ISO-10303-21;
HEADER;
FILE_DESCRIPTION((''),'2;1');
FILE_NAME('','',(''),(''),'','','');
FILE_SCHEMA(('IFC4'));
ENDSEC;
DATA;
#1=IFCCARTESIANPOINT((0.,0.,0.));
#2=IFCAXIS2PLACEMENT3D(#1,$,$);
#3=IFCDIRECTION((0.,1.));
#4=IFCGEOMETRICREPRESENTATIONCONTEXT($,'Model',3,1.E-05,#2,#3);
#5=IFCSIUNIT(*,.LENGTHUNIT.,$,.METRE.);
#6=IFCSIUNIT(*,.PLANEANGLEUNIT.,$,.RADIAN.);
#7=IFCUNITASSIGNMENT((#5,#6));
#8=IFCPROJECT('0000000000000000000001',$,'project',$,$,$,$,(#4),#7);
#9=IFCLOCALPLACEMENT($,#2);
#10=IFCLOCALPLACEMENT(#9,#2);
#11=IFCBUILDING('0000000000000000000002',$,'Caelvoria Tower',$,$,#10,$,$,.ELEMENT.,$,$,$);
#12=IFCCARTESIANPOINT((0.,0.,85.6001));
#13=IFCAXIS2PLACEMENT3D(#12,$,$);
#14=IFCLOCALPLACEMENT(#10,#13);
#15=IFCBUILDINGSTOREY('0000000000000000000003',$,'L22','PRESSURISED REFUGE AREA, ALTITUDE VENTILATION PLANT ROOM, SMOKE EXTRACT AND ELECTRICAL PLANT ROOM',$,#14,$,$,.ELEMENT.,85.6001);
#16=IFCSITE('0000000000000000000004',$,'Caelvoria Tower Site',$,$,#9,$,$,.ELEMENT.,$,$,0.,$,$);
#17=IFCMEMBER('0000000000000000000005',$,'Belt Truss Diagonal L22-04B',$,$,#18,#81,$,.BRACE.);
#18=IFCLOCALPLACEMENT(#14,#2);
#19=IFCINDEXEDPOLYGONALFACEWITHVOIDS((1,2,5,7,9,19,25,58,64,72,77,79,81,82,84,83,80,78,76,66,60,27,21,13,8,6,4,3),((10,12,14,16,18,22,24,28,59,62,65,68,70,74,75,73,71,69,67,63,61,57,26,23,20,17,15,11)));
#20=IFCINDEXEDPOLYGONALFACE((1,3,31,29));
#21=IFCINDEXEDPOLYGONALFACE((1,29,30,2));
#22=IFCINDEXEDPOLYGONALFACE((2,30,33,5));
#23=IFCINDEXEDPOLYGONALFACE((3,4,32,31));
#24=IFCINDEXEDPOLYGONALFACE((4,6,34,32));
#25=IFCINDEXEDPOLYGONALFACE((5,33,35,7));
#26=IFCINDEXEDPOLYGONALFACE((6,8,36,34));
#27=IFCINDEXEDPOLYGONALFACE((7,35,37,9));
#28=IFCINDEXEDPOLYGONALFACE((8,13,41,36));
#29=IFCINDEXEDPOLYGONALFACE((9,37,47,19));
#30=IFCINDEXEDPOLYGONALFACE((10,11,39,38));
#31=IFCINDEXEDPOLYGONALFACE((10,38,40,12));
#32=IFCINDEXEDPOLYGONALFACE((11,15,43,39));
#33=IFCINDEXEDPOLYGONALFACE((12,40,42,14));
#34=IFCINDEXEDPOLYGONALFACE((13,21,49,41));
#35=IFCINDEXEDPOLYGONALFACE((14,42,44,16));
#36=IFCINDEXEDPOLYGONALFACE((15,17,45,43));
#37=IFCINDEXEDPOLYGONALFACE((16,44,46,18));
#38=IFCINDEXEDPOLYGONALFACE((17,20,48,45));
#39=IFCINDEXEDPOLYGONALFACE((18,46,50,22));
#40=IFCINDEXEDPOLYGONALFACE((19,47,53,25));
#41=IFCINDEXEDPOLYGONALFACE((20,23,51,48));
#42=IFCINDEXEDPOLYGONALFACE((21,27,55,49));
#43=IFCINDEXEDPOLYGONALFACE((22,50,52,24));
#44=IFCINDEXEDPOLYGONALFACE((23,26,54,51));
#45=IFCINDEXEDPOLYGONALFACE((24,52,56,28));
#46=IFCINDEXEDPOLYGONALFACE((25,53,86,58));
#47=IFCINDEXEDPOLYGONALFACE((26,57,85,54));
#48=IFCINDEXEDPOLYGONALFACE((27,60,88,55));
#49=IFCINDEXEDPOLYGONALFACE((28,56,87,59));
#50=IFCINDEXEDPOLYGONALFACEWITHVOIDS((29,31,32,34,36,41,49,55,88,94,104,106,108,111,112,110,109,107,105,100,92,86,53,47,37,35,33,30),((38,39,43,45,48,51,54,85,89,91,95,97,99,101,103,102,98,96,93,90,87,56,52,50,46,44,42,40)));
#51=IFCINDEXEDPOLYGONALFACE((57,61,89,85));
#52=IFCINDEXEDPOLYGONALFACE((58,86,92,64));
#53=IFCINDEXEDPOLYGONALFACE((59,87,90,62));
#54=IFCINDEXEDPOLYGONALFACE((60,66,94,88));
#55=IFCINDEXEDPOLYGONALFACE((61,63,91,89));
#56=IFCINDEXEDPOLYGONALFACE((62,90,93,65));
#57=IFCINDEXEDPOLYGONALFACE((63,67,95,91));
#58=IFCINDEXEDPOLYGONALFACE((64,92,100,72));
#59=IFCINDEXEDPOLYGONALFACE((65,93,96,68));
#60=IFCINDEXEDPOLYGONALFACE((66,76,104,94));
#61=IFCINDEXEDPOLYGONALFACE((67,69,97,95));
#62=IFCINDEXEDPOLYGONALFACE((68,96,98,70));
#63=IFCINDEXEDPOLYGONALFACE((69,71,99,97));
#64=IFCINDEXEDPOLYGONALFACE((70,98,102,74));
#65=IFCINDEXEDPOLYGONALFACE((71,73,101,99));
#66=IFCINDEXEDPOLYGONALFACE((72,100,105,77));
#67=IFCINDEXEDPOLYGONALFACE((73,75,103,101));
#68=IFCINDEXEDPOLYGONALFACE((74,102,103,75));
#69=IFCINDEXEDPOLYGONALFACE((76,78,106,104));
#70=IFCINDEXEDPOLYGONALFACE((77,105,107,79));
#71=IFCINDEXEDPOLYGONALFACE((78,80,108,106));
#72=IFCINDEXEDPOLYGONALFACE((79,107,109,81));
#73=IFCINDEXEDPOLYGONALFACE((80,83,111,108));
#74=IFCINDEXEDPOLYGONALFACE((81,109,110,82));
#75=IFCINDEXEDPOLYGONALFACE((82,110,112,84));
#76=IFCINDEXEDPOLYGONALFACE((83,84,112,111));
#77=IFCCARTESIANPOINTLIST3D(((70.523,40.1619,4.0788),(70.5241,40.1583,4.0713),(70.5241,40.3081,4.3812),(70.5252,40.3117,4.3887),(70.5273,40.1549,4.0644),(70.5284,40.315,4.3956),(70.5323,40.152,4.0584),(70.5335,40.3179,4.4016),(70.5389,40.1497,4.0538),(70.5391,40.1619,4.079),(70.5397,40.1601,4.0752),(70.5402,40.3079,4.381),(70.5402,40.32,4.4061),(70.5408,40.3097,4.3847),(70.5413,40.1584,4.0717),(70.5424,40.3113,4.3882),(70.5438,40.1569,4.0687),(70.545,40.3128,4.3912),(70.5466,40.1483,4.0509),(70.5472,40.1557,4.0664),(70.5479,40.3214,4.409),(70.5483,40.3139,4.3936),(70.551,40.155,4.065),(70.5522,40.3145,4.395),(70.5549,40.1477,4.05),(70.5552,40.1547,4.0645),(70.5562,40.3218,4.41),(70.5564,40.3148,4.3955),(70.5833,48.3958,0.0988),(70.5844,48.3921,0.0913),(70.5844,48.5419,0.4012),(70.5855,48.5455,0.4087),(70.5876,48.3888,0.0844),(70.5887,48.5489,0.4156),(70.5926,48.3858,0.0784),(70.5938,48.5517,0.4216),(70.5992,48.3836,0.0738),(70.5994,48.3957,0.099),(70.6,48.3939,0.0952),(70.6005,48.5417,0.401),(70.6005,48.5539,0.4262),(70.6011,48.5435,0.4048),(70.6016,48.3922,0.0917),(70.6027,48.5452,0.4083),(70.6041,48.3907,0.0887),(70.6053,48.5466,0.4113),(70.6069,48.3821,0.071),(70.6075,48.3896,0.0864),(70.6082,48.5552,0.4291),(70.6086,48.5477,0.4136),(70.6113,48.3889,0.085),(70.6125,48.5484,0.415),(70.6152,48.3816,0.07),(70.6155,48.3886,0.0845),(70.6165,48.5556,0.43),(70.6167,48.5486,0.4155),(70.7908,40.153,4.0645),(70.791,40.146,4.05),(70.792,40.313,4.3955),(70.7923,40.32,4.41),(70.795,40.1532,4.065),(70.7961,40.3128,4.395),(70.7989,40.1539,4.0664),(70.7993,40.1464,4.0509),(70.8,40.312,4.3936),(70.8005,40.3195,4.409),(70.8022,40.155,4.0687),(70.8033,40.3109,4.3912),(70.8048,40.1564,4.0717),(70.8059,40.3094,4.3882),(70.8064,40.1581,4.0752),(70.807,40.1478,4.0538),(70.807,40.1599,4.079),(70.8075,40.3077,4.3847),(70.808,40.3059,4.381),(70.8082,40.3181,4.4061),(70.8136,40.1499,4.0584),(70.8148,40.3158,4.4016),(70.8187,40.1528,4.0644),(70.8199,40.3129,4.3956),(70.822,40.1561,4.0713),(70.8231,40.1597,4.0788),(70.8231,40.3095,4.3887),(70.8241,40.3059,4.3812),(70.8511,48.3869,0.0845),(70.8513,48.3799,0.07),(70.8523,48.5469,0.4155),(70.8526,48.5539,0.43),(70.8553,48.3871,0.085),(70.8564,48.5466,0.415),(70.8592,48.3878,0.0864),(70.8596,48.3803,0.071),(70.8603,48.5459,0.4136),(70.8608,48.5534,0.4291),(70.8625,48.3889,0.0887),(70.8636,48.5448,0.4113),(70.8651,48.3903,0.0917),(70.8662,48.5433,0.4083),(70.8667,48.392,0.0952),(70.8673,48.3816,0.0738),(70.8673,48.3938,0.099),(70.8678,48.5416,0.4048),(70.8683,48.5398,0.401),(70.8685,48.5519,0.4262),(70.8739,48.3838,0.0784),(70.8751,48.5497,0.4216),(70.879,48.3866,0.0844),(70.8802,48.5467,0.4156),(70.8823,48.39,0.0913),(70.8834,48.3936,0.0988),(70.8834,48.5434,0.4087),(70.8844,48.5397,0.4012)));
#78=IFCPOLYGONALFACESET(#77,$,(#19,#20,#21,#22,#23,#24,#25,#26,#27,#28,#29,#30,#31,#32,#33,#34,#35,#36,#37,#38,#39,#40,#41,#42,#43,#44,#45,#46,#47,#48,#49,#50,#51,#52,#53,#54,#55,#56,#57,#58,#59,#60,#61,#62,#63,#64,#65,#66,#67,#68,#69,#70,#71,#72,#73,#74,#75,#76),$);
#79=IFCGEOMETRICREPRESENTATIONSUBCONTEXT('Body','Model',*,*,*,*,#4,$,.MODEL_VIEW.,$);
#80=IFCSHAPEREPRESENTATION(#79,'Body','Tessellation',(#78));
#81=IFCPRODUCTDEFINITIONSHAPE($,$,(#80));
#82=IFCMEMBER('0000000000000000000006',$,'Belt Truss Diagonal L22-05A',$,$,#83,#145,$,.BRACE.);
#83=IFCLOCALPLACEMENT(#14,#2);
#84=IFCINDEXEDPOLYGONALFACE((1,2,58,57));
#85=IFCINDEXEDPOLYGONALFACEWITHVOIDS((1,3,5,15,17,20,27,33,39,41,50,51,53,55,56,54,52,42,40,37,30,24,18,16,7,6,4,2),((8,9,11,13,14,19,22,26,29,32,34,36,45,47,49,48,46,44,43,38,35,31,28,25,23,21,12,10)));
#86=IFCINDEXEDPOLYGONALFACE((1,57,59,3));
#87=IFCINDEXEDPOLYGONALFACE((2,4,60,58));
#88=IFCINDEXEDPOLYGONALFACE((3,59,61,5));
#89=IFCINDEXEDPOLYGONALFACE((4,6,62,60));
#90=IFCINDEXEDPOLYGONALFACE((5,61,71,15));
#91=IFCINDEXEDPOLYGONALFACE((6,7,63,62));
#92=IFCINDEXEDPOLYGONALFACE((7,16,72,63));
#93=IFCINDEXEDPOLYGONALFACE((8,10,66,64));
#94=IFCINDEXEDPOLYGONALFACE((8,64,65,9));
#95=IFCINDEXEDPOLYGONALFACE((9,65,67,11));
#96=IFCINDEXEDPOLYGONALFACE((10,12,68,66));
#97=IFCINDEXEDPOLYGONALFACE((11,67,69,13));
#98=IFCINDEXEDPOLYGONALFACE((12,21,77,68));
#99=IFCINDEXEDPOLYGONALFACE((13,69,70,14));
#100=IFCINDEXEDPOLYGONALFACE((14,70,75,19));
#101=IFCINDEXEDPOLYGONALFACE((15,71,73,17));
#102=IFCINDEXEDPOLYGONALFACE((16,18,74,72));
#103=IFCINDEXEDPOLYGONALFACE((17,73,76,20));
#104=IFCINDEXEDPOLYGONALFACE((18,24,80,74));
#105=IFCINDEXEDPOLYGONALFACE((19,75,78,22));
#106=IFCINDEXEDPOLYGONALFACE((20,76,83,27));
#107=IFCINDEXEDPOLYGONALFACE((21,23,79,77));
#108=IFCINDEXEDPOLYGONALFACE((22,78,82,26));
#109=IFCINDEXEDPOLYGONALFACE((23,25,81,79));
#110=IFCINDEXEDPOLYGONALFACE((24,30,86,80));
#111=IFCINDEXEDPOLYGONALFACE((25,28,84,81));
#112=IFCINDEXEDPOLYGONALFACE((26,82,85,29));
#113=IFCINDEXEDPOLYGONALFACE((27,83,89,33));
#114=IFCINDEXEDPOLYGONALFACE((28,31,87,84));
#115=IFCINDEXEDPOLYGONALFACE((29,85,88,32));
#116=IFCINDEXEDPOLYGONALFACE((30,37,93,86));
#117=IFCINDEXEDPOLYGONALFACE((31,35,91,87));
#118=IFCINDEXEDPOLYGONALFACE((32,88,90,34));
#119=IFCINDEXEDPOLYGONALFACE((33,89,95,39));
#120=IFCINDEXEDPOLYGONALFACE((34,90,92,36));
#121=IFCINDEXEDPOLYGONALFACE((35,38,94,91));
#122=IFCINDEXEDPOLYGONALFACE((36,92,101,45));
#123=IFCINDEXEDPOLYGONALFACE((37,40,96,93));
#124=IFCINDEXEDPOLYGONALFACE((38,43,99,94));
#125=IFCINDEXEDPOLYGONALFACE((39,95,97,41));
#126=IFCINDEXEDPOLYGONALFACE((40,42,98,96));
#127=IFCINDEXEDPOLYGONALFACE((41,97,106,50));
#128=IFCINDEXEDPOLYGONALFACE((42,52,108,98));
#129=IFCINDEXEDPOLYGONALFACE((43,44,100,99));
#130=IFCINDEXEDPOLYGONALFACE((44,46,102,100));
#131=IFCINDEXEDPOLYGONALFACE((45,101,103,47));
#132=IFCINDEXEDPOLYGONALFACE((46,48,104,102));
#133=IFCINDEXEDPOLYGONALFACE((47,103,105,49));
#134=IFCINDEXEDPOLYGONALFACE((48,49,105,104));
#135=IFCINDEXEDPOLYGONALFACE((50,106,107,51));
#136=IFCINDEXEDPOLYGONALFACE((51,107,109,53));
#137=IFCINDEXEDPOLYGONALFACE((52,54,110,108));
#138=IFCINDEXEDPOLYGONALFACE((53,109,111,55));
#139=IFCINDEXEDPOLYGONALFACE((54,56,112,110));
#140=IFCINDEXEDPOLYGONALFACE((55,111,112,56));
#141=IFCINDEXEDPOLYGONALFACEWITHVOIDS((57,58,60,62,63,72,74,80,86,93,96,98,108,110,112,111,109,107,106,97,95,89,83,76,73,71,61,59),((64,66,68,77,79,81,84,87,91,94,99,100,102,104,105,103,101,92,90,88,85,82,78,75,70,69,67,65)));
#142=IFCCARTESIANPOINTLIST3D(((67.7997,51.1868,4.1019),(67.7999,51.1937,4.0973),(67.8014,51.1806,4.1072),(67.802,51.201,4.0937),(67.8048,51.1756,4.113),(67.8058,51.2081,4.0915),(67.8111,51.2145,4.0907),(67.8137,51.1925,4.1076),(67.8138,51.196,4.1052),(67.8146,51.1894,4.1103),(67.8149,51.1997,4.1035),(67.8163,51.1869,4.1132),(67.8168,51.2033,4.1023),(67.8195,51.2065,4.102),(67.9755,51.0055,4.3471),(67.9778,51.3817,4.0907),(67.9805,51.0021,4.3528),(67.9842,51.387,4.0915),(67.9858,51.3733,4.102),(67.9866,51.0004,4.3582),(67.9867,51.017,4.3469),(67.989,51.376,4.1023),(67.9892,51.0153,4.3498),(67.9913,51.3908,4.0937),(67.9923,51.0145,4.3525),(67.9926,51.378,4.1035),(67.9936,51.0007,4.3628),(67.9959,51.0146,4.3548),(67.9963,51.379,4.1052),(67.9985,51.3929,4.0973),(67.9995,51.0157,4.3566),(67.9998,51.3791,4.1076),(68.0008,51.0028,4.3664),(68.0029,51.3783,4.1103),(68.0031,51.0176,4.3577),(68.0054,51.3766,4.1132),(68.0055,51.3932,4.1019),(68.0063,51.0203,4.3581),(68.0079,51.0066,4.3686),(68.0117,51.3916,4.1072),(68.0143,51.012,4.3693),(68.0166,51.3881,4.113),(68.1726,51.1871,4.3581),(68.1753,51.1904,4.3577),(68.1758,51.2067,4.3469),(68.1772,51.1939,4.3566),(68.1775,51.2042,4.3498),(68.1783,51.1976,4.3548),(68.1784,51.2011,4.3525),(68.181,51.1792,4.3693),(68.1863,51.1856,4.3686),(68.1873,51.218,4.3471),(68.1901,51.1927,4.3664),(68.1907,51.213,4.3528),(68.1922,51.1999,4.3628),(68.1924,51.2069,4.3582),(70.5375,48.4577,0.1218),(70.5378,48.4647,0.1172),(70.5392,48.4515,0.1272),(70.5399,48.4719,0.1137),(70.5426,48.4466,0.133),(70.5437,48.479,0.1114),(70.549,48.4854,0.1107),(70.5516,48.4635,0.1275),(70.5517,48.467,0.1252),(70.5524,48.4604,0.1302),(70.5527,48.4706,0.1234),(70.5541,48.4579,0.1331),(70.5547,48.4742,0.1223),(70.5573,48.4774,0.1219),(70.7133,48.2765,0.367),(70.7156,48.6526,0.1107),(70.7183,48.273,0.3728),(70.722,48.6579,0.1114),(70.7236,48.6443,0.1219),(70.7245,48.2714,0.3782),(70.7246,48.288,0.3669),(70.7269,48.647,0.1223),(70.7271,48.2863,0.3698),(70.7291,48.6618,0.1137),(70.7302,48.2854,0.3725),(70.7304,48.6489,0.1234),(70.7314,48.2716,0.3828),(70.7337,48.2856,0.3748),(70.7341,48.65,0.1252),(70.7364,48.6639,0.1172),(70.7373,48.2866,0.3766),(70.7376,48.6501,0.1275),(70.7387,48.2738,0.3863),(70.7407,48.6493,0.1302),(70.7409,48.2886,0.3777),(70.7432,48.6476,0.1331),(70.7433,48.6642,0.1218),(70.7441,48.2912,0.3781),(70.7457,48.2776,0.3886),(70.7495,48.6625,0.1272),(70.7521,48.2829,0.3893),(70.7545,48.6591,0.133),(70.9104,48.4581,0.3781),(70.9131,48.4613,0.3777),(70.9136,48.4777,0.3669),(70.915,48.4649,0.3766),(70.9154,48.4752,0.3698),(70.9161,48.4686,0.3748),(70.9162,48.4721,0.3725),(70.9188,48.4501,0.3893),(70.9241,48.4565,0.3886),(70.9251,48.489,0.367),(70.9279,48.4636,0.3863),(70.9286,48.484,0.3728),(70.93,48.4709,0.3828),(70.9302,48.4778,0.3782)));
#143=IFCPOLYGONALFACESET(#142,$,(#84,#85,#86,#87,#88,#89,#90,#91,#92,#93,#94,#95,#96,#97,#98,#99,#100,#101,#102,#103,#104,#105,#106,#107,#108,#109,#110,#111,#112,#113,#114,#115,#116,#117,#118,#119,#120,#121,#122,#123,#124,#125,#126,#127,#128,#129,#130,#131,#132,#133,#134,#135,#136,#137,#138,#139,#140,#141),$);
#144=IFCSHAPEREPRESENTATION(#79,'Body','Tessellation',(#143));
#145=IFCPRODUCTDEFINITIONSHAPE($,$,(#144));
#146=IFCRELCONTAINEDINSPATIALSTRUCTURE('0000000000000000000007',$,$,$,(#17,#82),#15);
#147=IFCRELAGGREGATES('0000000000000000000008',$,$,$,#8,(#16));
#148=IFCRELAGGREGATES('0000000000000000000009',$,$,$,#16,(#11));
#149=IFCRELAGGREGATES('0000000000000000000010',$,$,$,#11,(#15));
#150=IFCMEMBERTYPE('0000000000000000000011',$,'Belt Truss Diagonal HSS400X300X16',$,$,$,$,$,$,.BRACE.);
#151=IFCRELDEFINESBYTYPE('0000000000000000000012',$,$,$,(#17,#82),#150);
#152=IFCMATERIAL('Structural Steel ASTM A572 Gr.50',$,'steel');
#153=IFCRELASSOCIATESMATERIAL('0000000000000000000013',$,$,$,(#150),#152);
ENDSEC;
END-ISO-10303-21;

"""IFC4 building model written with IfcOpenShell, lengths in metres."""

from ifc_helpers import new_model, si_unit, direction, frame, origin, origin_2d, place, context, subcontext, project, spatial, hollow_rectangle, extrude, material, material_profile, profile_set, type_object, element, save


model = new_model("IFC4")

# Units and contexts
model_context = context("Model", 3, precision=1e-05, world=origin(), true_north=direction((0.0, 1.0)))
body_context = subcontext(model_context, "Body", "Model", "MODEL_VIEW")
ifc_project = project(units=[si_unit("LENGTHUNIT", "METRE"), si_unit("PLANEANGLEUNIT", "RADIAN")], contexts=[model_context])

# Site, building, storey
site_placement = place(None, origin())
site = spatial("IfcSite", under=ifc_project, at=site_placement, Name="Caelvoria Tower Site", CompositionType="ELEMENT", RefElevation=0.0)
building_placement = place(site_placement, origin())
building = spatial("IfcBuilding", under=site, at=building_placement, Name="Caelvoria Tower", CompositionType="ELEMENT")
storey_placement = place(building_placement, frame((0.0, 0.0, 85.6001)))
storey = spatial("IfcBuildingStorey", under=building, at=storey_placement, Name="L22", Description="PRESSURISED REFUGE AREA, ALTITUDE VENTILATION PLANT ROOM, SMOKE EXTRACT AND ELECTRICAL PLANT ROOM", CompositionType="ELEMENT", Elevation=85.6001)

# Shared definitions
ifc_material_1 = material(Name="Structural Steel ASTM A572 Gr.50", Category="steel")

# Members
ifc_material_profile_1 = material_profile(ifc_material_1, hollow_rectangle(XDim=0.3, YDim=0.3999, WallThickness=0.0161, InnerFilletRadius=0.0161, OuterFilletRadius=0.032, at=origin_2d()), Name="Structural Steel ASTM A572 Gr.50")
ifc_profile_set_1 = profile_set([ifc_material_profile_1], Name="HSS400X300X16 - Structural Steel ASTM A572 Gr.50")
member_type_1 = type_object("IfcMemberType", Name="Belt Truss Diagonal HSS400X300X16", PredefinedType="BRACE", material=ifc_profile_set_1)
for number, where, z_axis, x_axis, name in (
    (1, (70.6736, 40.2339, 4.23), (0.006594, 0.900318, -0.435183), (-0.999973, 0.007324, 0.0), "Belt Truss Diagonal L22-04B"),
):
    element("IfcMember", number, at=place(storey_placement, frame(where, z_axis=z_axis, x_axis=x_axis)), inside=storey, type_object=member_type_1, Name=name, PredefinedType="BRACE", context=body_context, shape_type="SweptSolid", body=[
        extrude(hollow_rectangle(XDim=0.3, YDim=0.3999, WallThickness=0.0161, InnerFilletRadius=0.0161, OuterFilletRadius=0.032, at=origin_2d()), origin(), (0.0, 0.0, 1.0), 9.1455),
    ])
for number, where, z_axis, x_axis, name in (
    (2, (70.7339, 48.4678, 0.25), (-0.493451, 0.491866, 0.717338), (-0.705969, -0.708243, 0.0), "Belt Truss Diagonal L22-05A"),
):
    element("IfcMember", number, at=place(storey_placement, frame(where, z_axis=z_axis, x_axis=x_axis)), inside=storey, type_object=member_type_1, Name=name, PredefinedType="BRACE", context=body_context, shape_type="SweptSolid", body=[
        extrude(hollow_rectangle(XDim=0.3, YDim=0.3999, WallThickness=0.0161, InnerFilletRadius=0.0161, OuterFilletRadius=0.032, at=origin_2d()), origin(), (0.0, 0.0, 1.0), 5.5483),
    ])

save(model, "model.ifc")
